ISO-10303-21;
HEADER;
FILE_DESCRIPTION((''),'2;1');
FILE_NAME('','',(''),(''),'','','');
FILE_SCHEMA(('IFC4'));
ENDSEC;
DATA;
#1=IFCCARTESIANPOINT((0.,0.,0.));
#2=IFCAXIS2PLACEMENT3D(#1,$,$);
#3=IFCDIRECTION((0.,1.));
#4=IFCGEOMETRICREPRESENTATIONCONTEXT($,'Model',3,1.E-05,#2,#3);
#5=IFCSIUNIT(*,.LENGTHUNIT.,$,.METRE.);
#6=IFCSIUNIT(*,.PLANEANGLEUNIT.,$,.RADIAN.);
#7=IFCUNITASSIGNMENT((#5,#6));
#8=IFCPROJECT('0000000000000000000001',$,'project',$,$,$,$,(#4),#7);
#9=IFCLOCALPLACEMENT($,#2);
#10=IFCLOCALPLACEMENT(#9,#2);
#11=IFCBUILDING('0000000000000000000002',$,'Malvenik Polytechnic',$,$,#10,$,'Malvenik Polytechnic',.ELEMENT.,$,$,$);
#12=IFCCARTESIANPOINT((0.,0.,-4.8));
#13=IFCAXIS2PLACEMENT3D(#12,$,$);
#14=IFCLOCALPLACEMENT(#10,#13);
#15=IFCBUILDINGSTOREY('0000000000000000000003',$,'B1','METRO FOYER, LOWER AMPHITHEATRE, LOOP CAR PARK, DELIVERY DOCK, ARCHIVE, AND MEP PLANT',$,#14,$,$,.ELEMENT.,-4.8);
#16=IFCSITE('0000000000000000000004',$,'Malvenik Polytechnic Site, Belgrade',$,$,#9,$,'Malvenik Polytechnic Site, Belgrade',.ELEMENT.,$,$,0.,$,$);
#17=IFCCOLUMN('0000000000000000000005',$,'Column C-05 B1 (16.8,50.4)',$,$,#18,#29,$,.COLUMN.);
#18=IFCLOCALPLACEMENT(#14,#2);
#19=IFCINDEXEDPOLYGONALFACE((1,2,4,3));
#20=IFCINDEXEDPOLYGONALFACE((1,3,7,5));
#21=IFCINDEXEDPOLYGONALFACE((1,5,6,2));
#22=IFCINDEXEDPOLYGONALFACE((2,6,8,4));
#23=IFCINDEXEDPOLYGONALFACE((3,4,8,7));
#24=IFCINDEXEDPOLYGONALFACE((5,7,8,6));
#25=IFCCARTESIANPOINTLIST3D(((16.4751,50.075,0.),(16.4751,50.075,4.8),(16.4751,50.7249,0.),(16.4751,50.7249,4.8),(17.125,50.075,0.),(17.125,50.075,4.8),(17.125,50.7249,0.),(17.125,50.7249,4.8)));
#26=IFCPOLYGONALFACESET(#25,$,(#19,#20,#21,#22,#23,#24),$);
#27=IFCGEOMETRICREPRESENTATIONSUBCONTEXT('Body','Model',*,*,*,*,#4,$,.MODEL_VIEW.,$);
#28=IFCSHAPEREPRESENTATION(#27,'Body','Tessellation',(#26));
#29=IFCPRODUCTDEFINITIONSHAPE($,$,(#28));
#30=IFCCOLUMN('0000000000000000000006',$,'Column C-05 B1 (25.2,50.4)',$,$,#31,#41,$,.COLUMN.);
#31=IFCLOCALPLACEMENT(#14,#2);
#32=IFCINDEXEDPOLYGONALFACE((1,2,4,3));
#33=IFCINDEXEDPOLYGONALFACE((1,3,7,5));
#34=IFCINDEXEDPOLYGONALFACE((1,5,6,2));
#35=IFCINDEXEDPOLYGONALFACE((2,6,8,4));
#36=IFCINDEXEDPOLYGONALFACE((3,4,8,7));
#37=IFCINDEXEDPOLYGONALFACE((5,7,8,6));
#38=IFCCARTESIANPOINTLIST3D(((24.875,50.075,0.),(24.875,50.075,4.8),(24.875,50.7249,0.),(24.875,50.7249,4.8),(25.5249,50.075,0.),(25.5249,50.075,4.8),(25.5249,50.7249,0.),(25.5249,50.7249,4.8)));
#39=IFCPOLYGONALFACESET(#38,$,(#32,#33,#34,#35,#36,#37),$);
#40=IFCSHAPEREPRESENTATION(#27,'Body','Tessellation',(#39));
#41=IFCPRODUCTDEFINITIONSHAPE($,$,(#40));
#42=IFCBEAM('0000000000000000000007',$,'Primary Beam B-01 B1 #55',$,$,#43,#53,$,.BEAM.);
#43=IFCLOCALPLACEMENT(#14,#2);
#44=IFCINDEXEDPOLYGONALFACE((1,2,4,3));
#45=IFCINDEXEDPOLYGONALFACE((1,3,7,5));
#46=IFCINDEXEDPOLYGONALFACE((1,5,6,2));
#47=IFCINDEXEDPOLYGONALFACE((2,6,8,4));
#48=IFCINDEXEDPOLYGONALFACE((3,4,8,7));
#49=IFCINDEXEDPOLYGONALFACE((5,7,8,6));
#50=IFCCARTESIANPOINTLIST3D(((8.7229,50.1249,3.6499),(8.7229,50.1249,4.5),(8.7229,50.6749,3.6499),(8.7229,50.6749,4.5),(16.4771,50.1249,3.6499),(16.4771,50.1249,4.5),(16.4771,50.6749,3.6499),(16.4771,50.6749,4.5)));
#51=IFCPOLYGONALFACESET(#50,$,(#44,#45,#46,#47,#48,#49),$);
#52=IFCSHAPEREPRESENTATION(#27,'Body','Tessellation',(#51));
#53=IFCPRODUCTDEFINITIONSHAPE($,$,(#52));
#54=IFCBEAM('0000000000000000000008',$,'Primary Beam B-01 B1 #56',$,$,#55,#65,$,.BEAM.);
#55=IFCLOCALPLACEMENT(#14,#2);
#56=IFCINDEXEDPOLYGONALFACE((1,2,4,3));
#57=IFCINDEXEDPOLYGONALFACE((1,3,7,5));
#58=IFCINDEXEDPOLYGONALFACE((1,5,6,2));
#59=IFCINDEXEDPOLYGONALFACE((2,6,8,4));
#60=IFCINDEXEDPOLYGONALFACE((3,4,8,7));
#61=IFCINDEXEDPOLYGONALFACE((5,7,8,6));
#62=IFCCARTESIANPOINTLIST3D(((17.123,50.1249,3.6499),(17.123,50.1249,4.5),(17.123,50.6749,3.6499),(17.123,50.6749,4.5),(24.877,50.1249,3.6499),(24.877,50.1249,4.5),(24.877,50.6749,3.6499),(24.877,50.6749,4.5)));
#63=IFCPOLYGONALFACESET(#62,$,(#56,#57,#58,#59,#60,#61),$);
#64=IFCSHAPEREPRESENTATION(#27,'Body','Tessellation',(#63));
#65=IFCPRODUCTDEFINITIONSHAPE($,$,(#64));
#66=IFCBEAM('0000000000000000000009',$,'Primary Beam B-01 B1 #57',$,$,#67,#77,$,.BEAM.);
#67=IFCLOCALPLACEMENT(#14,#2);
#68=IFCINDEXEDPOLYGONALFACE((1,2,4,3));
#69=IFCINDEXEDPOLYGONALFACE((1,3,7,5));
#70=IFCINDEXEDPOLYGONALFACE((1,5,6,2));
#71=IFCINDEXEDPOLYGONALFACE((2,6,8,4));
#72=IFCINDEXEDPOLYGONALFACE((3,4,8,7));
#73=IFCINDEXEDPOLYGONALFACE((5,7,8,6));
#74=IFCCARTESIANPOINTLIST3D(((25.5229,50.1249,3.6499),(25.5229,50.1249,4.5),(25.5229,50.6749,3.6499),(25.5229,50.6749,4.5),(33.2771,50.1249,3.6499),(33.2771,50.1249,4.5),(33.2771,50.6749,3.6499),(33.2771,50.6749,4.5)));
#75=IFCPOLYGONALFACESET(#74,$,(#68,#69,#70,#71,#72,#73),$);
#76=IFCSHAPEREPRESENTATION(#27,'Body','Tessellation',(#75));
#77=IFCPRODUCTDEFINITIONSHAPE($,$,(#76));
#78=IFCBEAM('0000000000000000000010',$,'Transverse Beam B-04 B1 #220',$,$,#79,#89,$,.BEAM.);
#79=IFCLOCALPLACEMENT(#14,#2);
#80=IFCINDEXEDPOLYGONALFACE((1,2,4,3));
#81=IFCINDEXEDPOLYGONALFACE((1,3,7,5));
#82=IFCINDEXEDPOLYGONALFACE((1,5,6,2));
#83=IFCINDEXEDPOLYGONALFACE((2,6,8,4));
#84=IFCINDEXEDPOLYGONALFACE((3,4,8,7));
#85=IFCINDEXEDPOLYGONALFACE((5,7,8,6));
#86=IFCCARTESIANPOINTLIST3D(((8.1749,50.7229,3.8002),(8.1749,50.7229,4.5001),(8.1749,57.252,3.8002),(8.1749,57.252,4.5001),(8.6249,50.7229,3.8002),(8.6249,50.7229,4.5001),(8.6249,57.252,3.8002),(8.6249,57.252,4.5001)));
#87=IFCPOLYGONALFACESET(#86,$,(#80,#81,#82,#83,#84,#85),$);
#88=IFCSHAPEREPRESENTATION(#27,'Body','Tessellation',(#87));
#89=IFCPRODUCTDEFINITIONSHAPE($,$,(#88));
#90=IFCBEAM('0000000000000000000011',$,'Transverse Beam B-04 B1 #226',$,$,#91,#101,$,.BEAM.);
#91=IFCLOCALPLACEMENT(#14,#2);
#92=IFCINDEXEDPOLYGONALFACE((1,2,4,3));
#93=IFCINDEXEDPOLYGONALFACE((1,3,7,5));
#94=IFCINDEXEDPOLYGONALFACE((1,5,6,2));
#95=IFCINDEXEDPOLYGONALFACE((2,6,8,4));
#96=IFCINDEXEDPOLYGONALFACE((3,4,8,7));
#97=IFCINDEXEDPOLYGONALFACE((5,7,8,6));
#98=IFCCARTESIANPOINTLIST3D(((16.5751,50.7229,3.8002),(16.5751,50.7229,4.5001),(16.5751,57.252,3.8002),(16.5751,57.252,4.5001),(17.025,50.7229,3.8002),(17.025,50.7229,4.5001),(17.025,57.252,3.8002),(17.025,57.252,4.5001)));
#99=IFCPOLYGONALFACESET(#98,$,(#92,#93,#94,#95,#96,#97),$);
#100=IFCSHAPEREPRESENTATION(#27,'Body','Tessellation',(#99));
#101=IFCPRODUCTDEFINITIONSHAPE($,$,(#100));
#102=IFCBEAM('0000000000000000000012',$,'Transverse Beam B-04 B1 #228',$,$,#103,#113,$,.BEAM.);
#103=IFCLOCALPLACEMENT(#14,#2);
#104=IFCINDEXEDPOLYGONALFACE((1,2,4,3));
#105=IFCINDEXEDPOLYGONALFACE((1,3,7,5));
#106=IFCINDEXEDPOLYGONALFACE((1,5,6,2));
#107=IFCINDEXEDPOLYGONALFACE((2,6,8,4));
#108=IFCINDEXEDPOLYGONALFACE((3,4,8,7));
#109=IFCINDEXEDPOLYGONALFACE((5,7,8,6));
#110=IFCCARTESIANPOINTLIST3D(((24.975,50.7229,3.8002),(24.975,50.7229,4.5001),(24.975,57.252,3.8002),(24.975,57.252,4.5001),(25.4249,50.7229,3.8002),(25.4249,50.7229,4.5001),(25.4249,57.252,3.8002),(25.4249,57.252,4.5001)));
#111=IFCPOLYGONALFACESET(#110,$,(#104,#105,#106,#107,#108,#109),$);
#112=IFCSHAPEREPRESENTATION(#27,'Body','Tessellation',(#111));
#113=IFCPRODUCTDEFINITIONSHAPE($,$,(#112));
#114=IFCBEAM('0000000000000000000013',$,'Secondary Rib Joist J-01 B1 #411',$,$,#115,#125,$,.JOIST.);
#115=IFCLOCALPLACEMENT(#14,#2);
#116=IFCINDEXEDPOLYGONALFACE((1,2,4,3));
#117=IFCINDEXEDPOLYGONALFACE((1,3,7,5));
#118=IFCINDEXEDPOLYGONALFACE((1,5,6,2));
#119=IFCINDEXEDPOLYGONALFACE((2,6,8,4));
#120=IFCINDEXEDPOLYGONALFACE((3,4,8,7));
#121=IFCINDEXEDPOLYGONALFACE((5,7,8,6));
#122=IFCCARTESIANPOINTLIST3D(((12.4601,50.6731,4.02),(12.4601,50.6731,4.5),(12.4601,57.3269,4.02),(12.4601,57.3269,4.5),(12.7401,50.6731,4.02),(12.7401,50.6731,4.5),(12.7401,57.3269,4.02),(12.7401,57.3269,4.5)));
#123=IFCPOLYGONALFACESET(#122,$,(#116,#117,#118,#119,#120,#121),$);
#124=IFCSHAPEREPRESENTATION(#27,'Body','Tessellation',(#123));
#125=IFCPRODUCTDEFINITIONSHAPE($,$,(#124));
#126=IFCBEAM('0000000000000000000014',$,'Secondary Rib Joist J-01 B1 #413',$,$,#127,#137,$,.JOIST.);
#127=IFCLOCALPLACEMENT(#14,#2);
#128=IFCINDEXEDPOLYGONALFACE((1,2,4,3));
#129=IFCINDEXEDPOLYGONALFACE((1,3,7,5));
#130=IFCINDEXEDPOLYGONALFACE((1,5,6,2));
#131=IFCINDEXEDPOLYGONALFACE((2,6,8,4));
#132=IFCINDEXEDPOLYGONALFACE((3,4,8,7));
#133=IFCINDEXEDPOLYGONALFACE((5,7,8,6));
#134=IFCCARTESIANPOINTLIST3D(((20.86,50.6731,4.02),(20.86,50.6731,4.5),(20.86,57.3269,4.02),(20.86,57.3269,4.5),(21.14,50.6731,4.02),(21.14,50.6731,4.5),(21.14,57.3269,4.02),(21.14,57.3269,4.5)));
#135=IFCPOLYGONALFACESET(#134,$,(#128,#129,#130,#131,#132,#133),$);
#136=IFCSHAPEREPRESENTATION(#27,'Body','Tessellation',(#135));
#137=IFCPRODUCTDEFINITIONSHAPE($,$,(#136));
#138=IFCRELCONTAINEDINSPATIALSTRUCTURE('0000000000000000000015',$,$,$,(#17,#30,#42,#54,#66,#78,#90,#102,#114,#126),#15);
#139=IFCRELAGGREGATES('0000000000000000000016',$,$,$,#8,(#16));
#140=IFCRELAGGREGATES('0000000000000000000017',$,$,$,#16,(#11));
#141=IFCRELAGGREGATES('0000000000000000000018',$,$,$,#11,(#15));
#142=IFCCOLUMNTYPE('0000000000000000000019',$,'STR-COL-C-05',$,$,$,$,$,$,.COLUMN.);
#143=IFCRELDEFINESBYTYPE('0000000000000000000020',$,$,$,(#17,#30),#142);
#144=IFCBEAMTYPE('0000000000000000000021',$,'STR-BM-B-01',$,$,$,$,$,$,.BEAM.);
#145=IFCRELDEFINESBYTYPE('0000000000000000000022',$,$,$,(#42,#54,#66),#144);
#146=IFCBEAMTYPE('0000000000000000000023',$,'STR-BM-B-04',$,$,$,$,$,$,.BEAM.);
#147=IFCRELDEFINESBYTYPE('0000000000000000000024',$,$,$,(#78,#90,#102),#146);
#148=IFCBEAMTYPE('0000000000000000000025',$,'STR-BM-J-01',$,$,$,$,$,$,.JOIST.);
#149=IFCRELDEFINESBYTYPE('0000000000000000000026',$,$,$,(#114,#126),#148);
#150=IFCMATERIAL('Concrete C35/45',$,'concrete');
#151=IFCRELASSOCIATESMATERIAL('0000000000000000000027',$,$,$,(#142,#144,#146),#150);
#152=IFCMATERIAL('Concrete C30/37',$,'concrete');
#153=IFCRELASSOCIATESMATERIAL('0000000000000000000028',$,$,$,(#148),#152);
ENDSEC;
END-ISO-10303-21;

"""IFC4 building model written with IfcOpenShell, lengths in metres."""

from ifc_helpers import new_model, si_unit, direction, frame, origin, origin_2d, place, context, subcontext, project, spatial, rectangle, extrude, material, material_profile, profile_set, type_object, element, save


model = new_model("IFC4")

# Units and contexts
model_context = context("Model", 3, precision=1e-05, world=origin(), true_north=direction((0.0, 1.0)))
body_context = subcontext(model_context, "Body", "Model", "MODEL_VIEW")
ifc_project = project(units=[si_unit("LENGTHUNIT", "METRE"), si_unit("PLANEANGLEUNIT", "RADIAN")], contexts=[model_context])

# Site, building, storey
site_placement = place(None, origin())
site = spatial("IfcSite", under=ifc_project, at=site_placement, Name="Malvenik Polytechnic Site, Belgrade", LongName="Malvenik Polytechnic Site, Belgrade", CompositionType="ELEMENT", RefElevation=0.0)
building_placement = place(site_placement, origin())
building = spatial("IfcBuilding", under=site, at=building_placement, Name="Malvenik Polytechnic", LongName="Malvenik Polytechnic", CompositionType="ELEMENT")
storey_placement = place(building_placement, frame((0.0, 0.0, -4.8)))
storey = spatial("IfcBuildingStorey", under=building, at=storey_placement, Name="B1", Description="METRO FOYER, LOWER AMPHITHEATRE, LOOP CAR PARK, DELIVERY DOCK, ARCHIVE, AND MEP PLANT", CompositionType="ELEMENT", Elevation=-4.8)

# Shared definitions
ifc_material_1 = material(Name="Concrete C35/45", Category="concrete")

# Columns
ifc_material_profile_1 = material_profile(ifc_material_1, rectangle(XDim=0.6499, YDim=0.6499, at=origin_2d()), Name="RC COL 650x650")
ifc_profile_set_1 = profile_set([ifc_material_profile_1], Name="Concrete C35/45")
column_type_1 = type_object("IfcColumnType", Name="STR-COL-C-05", PredefinedType="COLUMN", material=ifc_profile_set_1)
for number, where, z_axis, x_axis, name in (
    (1, (16.8, 50.3999, 0.0), (0.0, 0.0, 1.0), (1.0, 0.0, 0.0), "Column C-05 B1 (16.8,50.4)"),
    (2, (25.2, 50.3999, 0.0), (0.0, 0.0, 1.0), (1.0, 0.0, 0.0), "Column C-05 B1 (25.2,50.4)"),
):
    element("IfcColumn", number, at=place(storey_placement, frame(where, z_axis=z_axis, x_axis=x_axis)), inside=storey, type_object=column_type_1, Name=name, PredefinedType="COLUMN", context=body_context, shape_type="SweptSolid", body=[
        extrude(rectangle(XDim=0.6499, YDim=0.6499, at=origin_2d()), origin(), (0.0, 0.0, 1.0), 4.8),
    ])

# Beams
ifc_material_profile_2 = material_profile(ifc_material_1, rectangle(XDim=0.55, YDim=0.8501, at=origin_2d()), Name="RC BM 550x850")
ifc_profile_set_2 = profile_set([ifc_material_profile_2], Name="Concrete C35/45")
beam_type_1 = type_object("IfcBeamType", Name="STR-BM-B-01", PredefinedType="BEAM", material=ifc_profile_set_2)
beam_1_placement = place(storey_placement, frame((8.7229, 50.3999, 4.075), z_axis=(1.0, 0.0, 0.0), x_axis=(0.0, 1.0, 0.0)))
element("IfcBeam", 3, at=beam_1_placement, inside=storey, type_object=beam_type_1, Name="Primary Beam B-01 B1 #55", PredefinedType="BEAM", context=body_context, shape_type="SweptSolid", body=[
    extrude(rectangle(XDim=0.55, YDim=0.8501, at=origin_2d()), origin(), (0.0, 0.0, 1.0), 7.7542),
])
beam_2_placement = place(storey_placement, frame((17.123, 50.3999, 4.075), z_axis=(1.0, 0.0, 0.0), x_axis=(0.0, 1.0, 0.0)))
element("IfcBeam", 4, at=beam_2_placement, inside=storey, type_object=beam_type_1, Name="Primary Beam B-01 B1 #56", PredefinedType="BEAM", context=body_context, shape_type="SweptSolid", body=[
    extrude(rectangle(XDim=0.55, YDim=0.8501, at=origin_2d()), origin(), (0.0, 0.0, 1.0), 7.7539),
])
beam_3_placement = place(storey_placement, frame((25.5229, 50.3999, 4.075), z_axis=(1.0, 0.0, 0.0), x_axis=(0.0, 1.0, 0.0)))
element("IfcBeam", 5, at=beam_3_placement, inside=storey, type_object=beam_type_1, Name="Primary Beam B-01 B1 #57", PredefinedType="BEAM", context=body_context, shape_type="SweptSolid", body=[
    extrude(rectangle(XDim=0.55, YDim=0.8501, at=origin_2d()), origin(), (0.0, 0.0, 1.0), 7.7542),
])
ifc_material_profile_3 = material_profile(ifc_material_1, rectangle(XDim=0.45, YDim=0.7, at=origin_2d()), Name="RC BM 450x700")
ifc_profile_set_3 = profile_set([ifc_material_profile_3], Name="Concrete C35/45")
beam_type_2 = type_object("IfcBeamType", Name="STR-BM-B-04", PredefinedType="BEAM", material=ifc_profile_set_3)
for number, where, z_axis, x_axis, name in (
    (6, (8.3999, 50.7229, 4.1501), (0.0, 1.0, 0.0), (-1.0, 0.0, 0.0), "Transverse Beam B-04 B1 #220"),
    (7, (16.8, 50.7229, 4.1501), (0.0, 1.0, 0.0), (-1.0, 0.0, 0.0), "Transverse Beam B-04 B1 #226"),
    (8, (25.2, 50.7229, 4.1501), (0.0, 1.0, 0.0), (-1.0, 0.0, 0.0), "Transverse Beam B-04 B1 #228"),
):
    element("IfcBeam", number, at=place(storey_placement, frame(where, z_axis=z_axis, x_axis=x_axis)), inside=storey, type_object=beam_type_2, Name=name, PredefinedType="BEAM", context=body_context, shape_type="SweptSolid", body=[
        extrude(rectangle(XDim=0.45, YDim=0.7, at=origin_2d()), origin(), (0.0, 0.0, 1.0), 6.5291),
    ])
ifc_material_2 = material(Name="Concrete C30/37", Category="concrete")
ifc_material_profile_4 = material_profile(ifc_material_2, rectangle(XDim=0.28, YDim=0.48, at=origin_2d()), Name="RC JST 280x480")
ifc_profile_set_4 = profile_set([ifc_material_profile_4], Name="Concrete C30/37")
beam_type_3 = type_object("IfcBeamType", Name="STR-BM-J-01", PredefinedType="JOIST", material=ifc_profile_set_4)
for number, where, z_axis, x_axis, name in (
    (9, (12.6001, 50.6731, 4.26), (0.0, 1.0, 0.0), (-1.0, 0.0, 0.0), "Secondary Rib Joist J-01 B1 #411"),
    (10, (21.0, 50.6731, 4.26), (0.0, 1.0, 0.0), (-1.0, 0.0, 0.0), "Secondary Rib Joist J-01 B1 #413"),
):
    element("IfcBeam", number, at=place(storey_placement, frame(where, z_axis=z_axis, x_axis=x_axis)), inside=storey, type_object=beam_type_3, Name=name, PredefinedType="JOIST", context=body_context, shape_type="SweptSolid", body=[
        extrude(rectangle(XDim=0.28, YDim=0.48, at=origin_2d()), origin(), (0.0, 0.0, 1.0), 6.6538),
    ])

save(model, "model.ifc")
